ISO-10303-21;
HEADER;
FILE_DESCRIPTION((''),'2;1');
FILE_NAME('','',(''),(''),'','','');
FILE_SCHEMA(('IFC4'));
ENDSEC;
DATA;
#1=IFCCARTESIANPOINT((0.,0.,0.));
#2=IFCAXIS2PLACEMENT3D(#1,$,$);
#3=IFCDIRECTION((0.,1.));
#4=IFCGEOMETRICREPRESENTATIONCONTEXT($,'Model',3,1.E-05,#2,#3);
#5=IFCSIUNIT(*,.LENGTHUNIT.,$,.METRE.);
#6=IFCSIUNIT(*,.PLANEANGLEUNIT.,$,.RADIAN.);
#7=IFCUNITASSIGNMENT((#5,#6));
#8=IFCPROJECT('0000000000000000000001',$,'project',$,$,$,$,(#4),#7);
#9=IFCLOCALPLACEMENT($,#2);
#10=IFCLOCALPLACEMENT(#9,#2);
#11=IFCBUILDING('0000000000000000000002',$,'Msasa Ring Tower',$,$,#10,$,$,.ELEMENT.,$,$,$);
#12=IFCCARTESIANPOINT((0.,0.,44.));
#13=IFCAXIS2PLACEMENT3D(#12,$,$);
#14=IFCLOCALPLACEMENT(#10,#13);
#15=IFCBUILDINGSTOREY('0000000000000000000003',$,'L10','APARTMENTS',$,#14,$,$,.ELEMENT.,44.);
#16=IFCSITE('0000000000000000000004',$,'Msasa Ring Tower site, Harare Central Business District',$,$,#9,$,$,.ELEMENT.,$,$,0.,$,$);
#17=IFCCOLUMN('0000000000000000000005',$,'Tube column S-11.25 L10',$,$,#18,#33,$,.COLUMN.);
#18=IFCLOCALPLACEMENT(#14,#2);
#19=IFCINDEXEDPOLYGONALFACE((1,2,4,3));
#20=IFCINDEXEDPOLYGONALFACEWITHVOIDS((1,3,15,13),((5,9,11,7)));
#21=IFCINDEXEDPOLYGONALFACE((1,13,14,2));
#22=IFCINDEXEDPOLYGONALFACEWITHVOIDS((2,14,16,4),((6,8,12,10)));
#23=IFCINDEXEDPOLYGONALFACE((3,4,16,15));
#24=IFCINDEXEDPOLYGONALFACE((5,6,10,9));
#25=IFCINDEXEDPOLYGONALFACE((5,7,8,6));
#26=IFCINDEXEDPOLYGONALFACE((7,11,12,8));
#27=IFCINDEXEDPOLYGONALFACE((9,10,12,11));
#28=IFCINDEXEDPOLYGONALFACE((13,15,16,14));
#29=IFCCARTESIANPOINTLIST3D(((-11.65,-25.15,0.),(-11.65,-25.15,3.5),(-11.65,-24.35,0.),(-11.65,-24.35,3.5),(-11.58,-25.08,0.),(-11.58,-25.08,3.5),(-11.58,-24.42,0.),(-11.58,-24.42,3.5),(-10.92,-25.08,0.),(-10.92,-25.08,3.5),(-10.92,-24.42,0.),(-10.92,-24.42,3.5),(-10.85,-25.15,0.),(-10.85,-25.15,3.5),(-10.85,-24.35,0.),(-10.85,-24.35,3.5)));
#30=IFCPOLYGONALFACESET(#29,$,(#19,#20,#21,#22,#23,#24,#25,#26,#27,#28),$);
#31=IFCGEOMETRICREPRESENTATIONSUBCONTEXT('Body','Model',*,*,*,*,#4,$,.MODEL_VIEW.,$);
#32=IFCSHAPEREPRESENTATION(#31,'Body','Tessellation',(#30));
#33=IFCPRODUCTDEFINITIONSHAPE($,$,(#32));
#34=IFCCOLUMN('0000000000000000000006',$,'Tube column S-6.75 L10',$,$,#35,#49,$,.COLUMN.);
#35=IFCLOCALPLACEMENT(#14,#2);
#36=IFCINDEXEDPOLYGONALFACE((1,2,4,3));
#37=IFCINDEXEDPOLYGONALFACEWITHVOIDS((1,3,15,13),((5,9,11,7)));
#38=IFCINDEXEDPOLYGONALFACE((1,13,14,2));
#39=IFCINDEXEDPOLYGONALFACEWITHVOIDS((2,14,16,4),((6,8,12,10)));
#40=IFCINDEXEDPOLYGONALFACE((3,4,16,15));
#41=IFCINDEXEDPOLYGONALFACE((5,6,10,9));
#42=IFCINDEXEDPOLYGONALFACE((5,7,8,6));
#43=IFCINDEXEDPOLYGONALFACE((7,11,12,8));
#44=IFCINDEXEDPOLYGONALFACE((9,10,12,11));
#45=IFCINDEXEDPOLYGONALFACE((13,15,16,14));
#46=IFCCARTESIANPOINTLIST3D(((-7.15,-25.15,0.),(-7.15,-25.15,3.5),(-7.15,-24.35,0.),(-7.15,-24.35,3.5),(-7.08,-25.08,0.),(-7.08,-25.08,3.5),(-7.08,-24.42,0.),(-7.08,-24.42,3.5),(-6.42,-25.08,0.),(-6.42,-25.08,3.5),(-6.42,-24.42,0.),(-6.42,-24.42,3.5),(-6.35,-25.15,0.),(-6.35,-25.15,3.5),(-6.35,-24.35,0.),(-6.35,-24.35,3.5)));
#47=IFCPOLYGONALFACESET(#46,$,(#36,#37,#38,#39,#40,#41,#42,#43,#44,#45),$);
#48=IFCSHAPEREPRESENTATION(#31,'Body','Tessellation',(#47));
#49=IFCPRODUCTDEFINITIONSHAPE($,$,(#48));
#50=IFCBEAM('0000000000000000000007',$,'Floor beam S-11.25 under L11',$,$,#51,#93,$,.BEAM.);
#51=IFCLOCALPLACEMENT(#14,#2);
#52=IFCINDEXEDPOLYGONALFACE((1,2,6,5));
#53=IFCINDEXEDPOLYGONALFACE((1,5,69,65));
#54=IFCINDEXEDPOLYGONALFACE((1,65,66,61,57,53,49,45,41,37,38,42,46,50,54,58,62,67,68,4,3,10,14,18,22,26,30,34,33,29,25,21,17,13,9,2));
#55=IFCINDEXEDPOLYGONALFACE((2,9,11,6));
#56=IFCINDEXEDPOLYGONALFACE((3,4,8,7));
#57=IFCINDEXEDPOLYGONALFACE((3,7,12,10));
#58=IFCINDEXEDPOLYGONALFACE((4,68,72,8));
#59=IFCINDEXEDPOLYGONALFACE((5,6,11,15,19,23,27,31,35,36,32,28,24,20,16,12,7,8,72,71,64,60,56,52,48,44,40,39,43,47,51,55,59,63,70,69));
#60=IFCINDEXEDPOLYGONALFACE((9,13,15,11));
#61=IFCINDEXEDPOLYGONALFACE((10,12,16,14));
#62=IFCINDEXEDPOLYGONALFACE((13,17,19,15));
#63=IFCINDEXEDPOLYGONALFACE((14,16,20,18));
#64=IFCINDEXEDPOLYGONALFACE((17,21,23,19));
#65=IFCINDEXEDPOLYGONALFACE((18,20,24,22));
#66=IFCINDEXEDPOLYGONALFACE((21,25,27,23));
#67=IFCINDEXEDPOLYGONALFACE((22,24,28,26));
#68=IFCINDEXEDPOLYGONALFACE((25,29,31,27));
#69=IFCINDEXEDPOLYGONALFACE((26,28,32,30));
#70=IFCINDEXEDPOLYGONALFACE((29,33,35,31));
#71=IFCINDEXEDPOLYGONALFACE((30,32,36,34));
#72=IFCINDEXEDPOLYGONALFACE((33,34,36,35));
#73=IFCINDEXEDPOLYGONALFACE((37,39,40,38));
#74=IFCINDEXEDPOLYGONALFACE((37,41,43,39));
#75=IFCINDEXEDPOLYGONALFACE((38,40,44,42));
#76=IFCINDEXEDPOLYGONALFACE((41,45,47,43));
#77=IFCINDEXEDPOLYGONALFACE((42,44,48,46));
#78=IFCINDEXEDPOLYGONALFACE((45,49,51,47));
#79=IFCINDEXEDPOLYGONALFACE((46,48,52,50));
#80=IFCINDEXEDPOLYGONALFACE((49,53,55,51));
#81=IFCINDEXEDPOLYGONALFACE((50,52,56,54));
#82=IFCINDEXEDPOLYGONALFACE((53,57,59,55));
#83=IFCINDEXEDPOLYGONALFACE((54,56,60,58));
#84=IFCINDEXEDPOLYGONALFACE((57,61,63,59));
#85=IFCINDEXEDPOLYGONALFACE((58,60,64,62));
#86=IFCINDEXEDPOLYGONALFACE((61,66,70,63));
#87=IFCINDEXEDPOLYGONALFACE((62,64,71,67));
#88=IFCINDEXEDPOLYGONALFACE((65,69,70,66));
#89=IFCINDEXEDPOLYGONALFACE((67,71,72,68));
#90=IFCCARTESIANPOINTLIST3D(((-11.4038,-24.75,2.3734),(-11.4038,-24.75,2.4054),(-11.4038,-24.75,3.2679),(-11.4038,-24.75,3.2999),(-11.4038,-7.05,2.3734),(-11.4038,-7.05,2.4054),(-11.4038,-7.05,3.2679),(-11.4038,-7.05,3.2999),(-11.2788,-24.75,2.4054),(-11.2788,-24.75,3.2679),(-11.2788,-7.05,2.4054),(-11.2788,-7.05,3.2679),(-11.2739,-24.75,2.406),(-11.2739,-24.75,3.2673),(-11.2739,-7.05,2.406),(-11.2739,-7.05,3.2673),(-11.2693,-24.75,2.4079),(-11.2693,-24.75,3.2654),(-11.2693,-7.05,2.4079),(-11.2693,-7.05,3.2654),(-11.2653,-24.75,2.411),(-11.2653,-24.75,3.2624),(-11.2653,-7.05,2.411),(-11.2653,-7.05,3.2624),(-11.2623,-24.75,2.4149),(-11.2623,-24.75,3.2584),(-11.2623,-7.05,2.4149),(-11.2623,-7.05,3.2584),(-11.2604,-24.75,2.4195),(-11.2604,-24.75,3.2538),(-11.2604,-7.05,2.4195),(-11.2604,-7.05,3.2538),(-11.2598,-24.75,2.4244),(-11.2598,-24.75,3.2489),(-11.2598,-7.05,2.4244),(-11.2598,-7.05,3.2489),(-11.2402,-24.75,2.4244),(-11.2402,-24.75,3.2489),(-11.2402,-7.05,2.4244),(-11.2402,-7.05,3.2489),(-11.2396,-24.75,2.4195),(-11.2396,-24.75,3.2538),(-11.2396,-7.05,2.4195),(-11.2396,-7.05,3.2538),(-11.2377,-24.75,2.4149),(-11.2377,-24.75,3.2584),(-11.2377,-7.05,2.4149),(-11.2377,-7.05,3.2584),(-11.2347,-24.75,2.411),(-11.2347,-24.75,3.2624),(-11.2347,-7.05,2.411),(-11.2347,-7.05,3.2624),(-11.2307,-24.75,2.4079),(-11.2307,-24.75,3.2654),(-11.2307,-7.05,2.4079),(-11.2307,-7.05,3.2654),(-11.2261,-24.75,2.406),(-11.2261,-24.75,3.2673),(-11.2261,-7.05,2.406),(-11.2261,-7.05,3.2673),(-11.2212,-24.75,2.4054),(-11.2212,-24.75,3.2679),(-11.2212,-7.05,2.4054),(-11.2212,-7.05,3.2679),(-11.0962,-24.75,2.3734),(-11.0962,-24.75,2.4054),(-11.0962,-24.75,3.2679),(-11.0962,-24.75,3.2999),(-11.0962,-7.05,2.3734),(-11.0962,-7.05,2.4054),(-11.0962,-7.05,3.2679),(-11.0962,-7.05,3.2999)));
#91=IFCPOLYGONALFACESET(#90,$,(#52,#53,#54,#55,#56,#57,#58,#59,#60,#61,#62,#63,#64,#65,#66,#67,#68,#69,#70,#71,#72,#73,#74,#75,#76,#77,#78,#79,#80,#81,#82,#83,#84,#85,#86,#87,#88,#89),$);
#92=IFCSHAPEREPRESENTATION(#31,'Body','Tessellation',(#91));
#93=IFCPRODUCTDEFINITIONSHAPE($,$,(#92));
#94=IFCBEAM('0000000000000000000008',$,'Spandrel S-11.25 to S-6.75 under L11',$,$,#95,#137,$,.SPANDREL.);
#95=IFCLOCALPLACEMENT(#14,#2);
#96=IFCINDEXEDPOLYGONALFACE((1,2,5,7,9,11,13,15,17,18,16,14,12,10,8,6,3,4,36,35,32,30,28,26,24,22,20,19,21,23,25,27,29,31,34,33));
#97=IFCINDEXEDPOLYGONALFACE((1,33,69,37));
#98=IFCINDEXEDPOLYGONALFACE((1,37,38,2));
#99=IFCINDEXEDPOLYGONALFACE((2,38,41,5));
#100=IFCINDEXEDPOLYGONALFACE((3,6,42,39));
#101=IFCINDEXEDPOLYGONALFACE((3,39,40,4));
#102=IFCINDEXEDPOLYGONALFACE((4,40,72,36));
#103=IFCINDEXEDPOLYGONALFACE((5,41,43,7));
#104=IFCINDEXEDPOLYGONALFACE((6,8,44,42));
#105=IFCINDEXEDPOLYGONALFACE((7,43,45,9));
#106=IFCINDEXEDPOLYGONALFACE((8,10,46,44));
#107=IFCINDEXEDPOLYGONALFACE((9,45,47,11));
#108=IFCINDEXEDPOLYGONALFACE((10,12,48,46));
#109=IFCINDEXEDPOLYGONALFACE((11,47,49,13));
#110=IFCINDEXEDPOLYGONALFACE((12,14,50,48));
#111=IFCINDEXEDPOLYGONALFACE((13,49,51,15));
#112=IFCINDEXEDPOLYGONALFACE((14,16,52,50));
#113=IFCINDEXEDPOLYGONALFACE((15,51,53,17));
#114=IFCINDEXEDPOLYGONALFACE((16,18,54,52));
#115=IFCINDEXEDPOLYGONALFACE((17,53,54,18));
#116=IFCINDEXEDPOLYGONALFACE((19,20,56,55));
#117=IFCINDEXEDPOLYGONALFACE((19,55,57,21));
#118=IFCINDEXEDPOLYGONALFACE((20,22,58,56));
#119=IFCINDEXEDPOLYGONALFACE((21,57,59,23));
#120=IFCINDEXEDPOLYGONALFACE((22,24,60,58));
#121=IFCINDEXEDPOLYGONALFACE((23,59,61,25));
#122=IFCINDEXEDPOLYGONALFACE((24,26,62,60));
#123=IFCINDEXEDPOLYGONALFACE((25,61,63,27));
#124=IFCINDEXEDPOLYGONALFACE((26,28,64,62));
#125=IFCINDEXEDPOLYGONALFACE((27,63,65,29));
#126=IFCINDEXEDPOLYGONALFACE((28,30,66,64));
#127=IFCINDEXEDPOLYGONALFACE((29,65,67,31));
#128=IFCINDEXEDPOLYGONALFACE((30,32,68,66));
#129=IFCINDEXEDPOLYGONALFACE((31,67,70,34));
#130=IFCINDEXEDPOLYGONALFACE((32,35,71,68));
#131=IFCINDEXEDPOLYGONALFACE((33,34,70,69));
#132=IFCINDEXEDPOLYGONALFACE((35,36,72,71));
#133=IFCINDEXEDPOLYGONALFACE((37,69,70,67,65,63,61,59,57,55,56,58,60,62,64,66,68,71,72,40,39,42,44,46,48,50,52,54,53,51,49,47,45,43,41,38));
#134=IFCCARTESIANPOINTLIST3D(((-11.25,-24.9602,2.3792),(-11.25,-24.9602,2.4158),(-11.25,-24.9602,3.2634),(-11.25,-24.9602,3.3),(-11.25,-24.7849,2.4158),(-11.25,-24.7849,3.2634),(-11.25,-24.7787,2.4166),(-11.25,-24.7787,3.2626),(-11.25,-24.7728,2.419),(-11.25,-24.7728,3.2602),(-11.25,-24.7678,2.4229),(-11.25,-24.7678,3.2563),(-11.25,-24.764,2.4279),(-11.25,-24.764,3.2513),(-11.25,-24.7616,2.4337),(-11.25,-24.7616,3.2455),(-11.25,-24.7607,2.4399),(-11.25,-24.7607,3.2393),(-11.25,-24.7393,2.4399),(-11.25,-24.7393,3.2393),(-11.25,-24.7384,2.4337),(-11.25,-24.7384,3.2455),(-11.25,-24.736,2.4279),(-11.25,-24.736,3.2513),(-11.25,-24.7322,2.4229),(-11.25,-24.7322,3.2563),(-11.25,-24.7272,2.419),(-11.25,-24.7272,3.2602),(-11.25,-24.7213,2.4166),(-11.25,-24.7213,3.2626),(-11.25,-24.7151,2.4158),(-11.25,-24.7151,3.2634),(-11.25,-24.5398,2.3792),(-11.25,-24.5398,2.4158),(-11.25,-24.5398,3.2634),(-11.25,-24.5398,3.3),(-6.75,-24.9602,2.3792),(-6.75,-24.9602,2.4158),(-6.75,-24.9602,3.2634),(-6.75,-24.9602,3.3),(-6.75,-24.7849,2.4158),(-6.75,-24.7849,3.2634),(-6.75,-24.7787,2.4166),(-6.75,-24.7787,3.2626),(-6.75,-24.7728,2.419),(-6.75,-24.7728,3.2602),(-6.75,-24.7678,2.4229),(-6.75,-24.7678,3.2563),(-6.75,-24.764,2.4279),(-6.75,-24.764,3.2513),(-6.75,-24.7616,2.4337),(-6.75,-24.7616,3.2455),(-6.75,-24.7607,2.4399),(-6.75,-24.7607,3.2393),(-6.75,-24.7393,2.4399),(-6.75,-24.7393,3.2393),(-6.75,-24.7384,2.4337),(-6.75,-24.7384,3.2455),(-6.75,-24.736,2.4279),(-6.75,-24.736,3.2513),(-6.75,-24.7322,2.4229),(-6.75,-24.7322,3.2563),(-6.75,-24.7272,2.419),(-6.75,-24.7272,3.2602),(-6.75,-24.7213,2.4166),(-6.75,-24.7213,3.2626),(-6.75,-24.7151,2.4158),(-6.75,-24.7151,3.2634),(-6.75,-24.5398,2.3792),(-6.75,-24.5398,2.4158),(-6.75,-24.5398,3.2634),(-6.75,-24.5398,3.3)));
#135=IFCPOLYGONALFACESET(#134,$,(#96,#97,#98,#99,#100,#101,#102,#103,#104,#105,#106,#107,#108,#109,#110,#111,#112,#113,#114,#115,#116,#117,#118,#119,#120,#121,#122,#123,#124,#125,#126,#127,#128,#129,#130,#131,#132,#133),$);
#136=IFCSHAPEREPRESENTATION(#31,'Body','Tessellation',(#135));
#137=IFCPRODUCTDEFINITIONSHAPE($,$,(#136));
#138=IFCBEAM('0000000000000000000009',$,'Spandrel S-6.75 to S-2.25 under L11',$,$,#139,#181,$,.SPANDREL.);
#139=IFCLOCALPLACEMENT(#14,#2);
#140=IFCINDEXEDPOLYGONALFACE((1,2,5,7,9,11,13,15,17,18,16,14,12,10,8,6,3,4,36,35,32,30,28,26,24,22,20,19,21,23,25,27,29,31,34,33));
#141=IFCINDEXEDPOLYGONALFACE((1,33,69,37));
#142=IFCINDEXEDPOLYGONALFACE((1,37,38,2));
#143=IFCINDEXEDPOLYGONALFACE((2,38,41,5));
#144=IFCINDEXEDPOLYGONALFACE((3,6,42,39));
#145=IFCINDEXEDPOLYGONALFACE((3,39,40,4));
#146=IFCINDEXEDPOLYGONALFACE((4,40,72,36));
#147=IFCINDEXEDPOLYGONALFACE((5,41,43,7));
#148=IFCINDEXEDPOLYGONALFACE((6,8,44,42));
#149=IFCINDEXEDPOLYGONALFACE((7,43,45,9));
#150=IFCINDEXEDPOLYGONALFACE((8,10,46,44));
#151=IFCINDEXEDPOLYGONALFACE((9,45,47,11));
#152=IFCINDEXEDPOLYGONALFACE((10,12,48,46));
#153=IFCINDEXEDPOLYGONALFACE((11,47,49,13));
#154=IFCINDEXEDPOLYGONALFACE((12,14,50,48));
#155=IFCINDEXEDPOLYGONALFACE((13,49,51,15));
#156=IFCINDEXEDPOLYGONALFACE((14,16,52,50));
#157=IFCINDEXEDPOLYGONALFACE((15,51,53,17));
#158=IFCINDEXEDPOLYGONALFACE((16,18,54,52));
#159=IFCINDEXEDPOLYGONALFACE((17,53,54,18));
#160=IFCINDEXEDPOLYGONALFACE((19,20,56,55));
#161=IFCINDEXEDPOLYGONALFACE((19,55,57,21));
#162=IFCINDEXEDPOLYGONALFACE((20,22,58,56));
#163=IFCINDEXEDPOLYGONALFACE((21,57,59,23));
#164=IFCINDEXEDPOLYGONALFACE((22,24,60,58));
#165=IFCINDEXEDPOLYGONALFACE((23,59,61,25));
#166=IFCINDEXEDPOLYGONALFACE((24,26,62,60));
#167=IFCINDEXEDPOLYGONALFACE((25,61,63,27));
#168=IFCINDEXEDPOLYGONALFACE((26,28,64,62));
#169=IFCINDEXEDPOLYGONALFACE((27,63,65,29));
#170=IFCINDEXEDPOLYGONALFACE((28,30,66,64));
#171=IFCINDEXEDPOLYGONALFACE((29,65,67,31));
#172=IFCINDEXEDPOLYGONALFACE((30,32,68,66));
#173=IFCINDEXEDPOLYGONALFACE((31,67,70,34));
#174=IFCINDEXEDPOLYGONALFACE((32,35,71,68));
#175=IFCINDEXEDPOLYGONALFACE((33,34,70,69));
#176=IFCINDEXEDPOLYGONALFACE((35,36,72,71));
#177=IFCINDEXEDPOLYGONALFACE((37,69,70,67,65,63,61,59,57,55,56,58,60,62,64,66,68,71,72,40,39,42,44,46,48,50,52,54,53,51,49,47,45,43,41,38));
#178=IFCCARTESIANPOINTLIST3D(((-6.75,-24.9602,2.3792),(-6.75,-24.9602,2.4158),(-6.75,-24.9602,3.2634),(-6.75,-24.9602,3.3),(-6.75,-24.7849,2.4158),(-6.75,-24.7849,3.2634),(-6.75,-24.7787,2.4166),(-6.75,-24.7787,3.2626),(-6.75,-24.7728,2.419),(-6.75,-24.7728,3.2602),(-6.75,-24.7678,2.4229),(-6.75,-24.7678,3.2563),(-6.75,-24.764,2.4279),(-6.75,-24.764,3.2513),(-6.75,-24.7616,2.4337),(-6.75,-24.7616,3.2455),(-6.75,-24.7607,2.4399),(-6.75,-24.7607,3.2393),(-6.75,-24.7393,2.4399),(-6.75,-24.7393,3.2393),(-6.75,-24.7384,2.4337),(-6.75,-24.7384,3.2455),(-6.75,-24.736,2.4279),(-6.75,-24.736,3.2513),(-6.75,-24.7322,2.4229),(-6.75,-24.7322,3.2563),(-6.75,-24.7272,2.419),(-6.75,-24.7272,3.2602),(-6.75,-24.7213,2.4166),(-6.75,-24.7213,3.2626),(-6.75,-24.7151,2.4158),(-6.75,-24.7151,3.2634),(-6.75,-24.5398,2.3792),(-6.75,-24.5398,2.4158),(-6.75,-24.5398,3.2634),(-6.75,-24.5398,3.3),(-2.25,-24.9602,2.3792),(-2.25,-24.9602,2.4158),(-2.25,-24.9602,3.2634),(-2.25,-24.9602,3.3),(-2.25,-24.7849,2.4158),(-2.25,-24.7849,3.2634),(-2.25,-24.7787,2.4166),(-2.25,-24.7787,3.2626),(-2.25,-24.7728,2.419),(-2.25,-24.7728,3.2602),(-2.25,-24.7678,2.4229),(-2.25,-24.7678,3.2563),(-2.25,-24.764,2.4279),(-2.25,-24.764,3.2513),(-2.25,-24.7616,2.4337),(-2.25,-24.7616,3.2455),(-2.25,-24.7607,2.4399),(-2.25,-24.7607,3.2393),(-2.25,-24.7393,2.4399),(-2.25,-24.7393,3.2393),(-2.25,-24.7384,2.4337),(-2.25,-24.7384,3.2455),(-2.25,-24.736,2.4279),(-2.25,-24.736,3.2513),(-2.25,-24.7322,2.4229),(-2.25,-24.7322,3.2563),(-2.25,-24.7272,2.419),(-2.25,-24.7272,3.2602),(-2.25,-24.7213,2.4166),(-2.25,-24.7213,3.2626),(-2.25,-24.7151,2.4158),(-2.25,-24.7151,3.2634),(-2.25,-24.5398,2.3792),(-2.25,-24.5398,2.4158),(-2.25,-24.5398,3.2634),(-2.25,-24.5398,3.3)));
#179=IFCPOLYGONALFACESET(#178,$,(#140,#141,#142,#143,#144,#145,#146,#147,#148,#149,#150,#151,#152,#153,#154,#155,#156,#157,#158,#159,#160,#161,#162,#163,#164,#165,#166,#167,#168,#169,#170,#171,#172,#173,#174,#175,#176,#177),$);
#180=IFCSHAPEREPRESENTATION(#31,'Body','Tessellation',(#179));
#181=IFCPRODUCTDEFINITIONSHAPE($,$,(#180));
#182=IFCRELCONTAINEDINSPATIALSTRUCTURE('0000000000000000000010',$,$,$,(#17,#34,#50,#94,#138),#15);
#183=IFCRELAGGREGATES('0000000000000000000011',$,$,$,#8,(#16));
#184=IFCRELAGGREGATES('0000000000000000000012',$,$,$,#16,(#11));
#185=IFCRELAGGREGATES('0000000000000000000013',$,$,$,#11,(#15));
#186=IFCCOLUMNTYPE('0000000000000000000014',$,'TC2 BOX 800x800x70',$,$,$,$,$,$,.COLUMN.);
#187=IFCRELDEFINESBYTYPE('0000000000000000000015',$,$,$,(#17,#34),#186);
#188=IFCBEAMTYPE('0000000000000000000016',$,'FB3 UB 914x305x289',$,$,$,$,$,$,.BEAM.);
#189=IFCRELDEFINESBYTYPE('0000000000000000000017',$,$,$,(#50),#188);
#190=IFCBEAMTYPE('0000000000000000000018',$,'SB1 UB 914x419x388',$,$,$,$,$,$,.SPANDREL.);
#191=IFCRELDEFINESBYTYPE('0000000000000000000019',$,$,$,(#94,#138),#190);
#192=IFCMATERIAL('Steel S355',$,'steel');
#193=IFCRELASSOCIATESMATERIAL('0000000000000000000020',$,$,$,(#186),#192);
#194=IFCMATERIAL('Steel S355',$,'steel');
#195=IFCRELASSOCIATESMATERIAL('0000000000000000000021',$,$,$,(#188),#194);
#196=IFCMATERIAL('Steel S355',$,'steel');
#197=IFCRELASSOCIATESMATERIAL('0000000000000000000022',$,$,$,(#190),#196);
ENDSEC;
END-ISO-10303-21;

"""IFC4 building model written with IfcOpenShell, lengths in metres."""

from ifc_helpers import new_model, si_unit, direction, frame, origin, origin_2d, place, context, subcontext, project, spatial, hollow_rectangle, i_section, extrude, material, material_profile, profile_set, type_object, element, save


model = new_model("IFC4")

# Units and contexts
model_context = context("Model", 3, precision=1e-05, world=origin(), true_north=direction((0.0, 1.0)))
body_context = subcontext(model_context, "Body", "Model", "MODEL_VIEW")
ifc_project = project(units=[si_unit("LENGTHUNIT", "METRE"), si_unit("PLANEANGLEUNIT", "RADIAN")], contexts=[model_context])

# Site, building, storey
site_placement = place(None, origin())
site = spatial("IfcSite", under=ifc_project, at=site_placement, Name="Msasa Ring Tower site, Harare Central Business District", CompositionType="ELEMENT", RefElevation=0.0)
building_placement = place(site_placement, origin())
building = spatial("IfcBuilding", under=site, at=building_placement, Name="Msasa Ring Tower", CompositionType="ELEMENT")
storey_placement = place(building_placement, frame((0.0, 0.0, 44.0)))
storey = spatial("IfcBuildingStorey", under=building, at=storey_placement, Name="L10", Description="APARTMENTS", CompositionType="ELEMENT", Elevation=44.0)

# Columns
ifc_material_1 = material(Name="Steel S355", Category="steel")
ifc_material_profile_1 = material_profile(ifc_material_1, hollow_rectangle(XDim=0.8, YDim=0.8, WallThickness=0.0701, at=origin_2d()), Name="BOX 800x800x70")
ifc_profile_set_1 = profile_set([ifc_material_profile_1], Name="Steel S355")
column_type = type_object("IfcColumnType", Name="TC2 BOX 800x800x70", PredefinedType="COLUMN", material=ifc_profile_set_1)
for number, where, z_axis, x_axis, name in (
    (1, (-11.25, -24.75, 0.0), (0.0, 0.0, 1.0), (0.0, 1.0, 0.0), "Tube column S-11.25 L10"),
    (2, (-6.75, -24.75, 0.0), (0.0, 0.0, 1.0), (0.0, 1.0, 0.0), "Tube column S-6.75 L10"),
):
    element("IfcColumn", number, at=place(storey_placement, frame(where, z_axis=z_axis, x_axis=x_axis)), inside=storey, type_object=column_type, Name=name, PredefinedType="COLUMN", context=body_context, shape_type="SweptSolid", body=[
        extrude(hollow_rectangle(XDim=0.8, YDim=0.8, WallThickness=0.0701, at=origin_2d()), origin(), (0.0, 0.0, 1.0), 3.5),
    ])

# Beams
ifc_material_2 = material(Name="Steel S355", Category="steel")
ifc_material_profile_2 = material_profile(ifc_material_2, i_section(OverallWidth=0.3076, OverallDepth=0.9265, WebThickness=0.0195, FlangeThickness=0.032, FilletRadius=0.019, at=origin_2d()), Name="UB 914x305x289")
ifc_profile_set_2 = profile_set([ifc_material_profile_2], Name="Steel S355")
beam_type_1 = type_object("IfcBeamType", Name="FB3 UB 914x305x289", PredefinedType="BEAM", material=ifc_profile_set_2)
beam_placement = place(storey_placement, frame((-11.25, -24.75, 2.8367), z_axis=(0.0, 1.0, 0.0), x_axis=(-1.0, 0.0, 0.0)))
element("IfcBeam", 3, at=beam_placement, inside=storey, type_object=beam_type_1, Name="Floor beam S-11.25 under L11", PredefinedType="BEAM", context=body_context, shape_type="SweptSolid", body=[
    extrude(i_section(OverallWidth=0.3076, OverallDepth=0.9265, WebThickness=0.0195, FlangeThickness=0.032, FilletRadius=0.019, at=origin_2d()), origin(), (0.0, 0.0, 1.0), 17.7),
])
ifc_material_3 = material(Name="Steel S355", Category="steel")
ifc_material_profile_3 = material_profile(ifc_material_3, i_section(OverallWidth=0.4204, OverallDepth=0.9209, WebThickness=0.0215, FlangeThickness=0.0366, FilletRadius=0.0242, at=origin_2d()), Name="UB 914x419x388")
ifc_profile_set_3 = profile_set([ifc_material_profile_3], Name="Steel S355")
beam_type_2 = type_object("IfcBeamType", Name="SB1 UB 914x419x388", PredefinedType="SPANDREL", material=ifc_profile_set_3)
for number, where, z_axis, x_axis, name in (
    (4, (-11.25, -24.75, 2.8396), (1.0, 0.0, 0.0), (0.0, 1.0, 0.0), "Spandrel S-11.25 to S-6.75 under L11"),
    (5, (-6.75, -24.75, 2.8396), (1.0, 0.0, 0.0), (0.0, 1.0, 0.0), "Spandrel S-6.75 to S-2.25 under L11"),
):
    element("IfcBeam", number, at=place(storey_placement, frame(where, z_axis=z_axis, x_axis=x_axis)), inside=storey, type_object=beam_type_2, Name=name, PredefinedType="SPANDREL", context=body_context, shape_type="SweptSolid", body=[
        extrude(i_section(OverallWidth=0.4204, OverallDepth=0.9209, WebThickness=0.0215, FlangeThickness=0.0366, FilletRadius=0.0242, at=origin_2d()), origin(), (0.0, 0.0, 1.0), 4.5),
    ])

save(model, "model.ifc")
